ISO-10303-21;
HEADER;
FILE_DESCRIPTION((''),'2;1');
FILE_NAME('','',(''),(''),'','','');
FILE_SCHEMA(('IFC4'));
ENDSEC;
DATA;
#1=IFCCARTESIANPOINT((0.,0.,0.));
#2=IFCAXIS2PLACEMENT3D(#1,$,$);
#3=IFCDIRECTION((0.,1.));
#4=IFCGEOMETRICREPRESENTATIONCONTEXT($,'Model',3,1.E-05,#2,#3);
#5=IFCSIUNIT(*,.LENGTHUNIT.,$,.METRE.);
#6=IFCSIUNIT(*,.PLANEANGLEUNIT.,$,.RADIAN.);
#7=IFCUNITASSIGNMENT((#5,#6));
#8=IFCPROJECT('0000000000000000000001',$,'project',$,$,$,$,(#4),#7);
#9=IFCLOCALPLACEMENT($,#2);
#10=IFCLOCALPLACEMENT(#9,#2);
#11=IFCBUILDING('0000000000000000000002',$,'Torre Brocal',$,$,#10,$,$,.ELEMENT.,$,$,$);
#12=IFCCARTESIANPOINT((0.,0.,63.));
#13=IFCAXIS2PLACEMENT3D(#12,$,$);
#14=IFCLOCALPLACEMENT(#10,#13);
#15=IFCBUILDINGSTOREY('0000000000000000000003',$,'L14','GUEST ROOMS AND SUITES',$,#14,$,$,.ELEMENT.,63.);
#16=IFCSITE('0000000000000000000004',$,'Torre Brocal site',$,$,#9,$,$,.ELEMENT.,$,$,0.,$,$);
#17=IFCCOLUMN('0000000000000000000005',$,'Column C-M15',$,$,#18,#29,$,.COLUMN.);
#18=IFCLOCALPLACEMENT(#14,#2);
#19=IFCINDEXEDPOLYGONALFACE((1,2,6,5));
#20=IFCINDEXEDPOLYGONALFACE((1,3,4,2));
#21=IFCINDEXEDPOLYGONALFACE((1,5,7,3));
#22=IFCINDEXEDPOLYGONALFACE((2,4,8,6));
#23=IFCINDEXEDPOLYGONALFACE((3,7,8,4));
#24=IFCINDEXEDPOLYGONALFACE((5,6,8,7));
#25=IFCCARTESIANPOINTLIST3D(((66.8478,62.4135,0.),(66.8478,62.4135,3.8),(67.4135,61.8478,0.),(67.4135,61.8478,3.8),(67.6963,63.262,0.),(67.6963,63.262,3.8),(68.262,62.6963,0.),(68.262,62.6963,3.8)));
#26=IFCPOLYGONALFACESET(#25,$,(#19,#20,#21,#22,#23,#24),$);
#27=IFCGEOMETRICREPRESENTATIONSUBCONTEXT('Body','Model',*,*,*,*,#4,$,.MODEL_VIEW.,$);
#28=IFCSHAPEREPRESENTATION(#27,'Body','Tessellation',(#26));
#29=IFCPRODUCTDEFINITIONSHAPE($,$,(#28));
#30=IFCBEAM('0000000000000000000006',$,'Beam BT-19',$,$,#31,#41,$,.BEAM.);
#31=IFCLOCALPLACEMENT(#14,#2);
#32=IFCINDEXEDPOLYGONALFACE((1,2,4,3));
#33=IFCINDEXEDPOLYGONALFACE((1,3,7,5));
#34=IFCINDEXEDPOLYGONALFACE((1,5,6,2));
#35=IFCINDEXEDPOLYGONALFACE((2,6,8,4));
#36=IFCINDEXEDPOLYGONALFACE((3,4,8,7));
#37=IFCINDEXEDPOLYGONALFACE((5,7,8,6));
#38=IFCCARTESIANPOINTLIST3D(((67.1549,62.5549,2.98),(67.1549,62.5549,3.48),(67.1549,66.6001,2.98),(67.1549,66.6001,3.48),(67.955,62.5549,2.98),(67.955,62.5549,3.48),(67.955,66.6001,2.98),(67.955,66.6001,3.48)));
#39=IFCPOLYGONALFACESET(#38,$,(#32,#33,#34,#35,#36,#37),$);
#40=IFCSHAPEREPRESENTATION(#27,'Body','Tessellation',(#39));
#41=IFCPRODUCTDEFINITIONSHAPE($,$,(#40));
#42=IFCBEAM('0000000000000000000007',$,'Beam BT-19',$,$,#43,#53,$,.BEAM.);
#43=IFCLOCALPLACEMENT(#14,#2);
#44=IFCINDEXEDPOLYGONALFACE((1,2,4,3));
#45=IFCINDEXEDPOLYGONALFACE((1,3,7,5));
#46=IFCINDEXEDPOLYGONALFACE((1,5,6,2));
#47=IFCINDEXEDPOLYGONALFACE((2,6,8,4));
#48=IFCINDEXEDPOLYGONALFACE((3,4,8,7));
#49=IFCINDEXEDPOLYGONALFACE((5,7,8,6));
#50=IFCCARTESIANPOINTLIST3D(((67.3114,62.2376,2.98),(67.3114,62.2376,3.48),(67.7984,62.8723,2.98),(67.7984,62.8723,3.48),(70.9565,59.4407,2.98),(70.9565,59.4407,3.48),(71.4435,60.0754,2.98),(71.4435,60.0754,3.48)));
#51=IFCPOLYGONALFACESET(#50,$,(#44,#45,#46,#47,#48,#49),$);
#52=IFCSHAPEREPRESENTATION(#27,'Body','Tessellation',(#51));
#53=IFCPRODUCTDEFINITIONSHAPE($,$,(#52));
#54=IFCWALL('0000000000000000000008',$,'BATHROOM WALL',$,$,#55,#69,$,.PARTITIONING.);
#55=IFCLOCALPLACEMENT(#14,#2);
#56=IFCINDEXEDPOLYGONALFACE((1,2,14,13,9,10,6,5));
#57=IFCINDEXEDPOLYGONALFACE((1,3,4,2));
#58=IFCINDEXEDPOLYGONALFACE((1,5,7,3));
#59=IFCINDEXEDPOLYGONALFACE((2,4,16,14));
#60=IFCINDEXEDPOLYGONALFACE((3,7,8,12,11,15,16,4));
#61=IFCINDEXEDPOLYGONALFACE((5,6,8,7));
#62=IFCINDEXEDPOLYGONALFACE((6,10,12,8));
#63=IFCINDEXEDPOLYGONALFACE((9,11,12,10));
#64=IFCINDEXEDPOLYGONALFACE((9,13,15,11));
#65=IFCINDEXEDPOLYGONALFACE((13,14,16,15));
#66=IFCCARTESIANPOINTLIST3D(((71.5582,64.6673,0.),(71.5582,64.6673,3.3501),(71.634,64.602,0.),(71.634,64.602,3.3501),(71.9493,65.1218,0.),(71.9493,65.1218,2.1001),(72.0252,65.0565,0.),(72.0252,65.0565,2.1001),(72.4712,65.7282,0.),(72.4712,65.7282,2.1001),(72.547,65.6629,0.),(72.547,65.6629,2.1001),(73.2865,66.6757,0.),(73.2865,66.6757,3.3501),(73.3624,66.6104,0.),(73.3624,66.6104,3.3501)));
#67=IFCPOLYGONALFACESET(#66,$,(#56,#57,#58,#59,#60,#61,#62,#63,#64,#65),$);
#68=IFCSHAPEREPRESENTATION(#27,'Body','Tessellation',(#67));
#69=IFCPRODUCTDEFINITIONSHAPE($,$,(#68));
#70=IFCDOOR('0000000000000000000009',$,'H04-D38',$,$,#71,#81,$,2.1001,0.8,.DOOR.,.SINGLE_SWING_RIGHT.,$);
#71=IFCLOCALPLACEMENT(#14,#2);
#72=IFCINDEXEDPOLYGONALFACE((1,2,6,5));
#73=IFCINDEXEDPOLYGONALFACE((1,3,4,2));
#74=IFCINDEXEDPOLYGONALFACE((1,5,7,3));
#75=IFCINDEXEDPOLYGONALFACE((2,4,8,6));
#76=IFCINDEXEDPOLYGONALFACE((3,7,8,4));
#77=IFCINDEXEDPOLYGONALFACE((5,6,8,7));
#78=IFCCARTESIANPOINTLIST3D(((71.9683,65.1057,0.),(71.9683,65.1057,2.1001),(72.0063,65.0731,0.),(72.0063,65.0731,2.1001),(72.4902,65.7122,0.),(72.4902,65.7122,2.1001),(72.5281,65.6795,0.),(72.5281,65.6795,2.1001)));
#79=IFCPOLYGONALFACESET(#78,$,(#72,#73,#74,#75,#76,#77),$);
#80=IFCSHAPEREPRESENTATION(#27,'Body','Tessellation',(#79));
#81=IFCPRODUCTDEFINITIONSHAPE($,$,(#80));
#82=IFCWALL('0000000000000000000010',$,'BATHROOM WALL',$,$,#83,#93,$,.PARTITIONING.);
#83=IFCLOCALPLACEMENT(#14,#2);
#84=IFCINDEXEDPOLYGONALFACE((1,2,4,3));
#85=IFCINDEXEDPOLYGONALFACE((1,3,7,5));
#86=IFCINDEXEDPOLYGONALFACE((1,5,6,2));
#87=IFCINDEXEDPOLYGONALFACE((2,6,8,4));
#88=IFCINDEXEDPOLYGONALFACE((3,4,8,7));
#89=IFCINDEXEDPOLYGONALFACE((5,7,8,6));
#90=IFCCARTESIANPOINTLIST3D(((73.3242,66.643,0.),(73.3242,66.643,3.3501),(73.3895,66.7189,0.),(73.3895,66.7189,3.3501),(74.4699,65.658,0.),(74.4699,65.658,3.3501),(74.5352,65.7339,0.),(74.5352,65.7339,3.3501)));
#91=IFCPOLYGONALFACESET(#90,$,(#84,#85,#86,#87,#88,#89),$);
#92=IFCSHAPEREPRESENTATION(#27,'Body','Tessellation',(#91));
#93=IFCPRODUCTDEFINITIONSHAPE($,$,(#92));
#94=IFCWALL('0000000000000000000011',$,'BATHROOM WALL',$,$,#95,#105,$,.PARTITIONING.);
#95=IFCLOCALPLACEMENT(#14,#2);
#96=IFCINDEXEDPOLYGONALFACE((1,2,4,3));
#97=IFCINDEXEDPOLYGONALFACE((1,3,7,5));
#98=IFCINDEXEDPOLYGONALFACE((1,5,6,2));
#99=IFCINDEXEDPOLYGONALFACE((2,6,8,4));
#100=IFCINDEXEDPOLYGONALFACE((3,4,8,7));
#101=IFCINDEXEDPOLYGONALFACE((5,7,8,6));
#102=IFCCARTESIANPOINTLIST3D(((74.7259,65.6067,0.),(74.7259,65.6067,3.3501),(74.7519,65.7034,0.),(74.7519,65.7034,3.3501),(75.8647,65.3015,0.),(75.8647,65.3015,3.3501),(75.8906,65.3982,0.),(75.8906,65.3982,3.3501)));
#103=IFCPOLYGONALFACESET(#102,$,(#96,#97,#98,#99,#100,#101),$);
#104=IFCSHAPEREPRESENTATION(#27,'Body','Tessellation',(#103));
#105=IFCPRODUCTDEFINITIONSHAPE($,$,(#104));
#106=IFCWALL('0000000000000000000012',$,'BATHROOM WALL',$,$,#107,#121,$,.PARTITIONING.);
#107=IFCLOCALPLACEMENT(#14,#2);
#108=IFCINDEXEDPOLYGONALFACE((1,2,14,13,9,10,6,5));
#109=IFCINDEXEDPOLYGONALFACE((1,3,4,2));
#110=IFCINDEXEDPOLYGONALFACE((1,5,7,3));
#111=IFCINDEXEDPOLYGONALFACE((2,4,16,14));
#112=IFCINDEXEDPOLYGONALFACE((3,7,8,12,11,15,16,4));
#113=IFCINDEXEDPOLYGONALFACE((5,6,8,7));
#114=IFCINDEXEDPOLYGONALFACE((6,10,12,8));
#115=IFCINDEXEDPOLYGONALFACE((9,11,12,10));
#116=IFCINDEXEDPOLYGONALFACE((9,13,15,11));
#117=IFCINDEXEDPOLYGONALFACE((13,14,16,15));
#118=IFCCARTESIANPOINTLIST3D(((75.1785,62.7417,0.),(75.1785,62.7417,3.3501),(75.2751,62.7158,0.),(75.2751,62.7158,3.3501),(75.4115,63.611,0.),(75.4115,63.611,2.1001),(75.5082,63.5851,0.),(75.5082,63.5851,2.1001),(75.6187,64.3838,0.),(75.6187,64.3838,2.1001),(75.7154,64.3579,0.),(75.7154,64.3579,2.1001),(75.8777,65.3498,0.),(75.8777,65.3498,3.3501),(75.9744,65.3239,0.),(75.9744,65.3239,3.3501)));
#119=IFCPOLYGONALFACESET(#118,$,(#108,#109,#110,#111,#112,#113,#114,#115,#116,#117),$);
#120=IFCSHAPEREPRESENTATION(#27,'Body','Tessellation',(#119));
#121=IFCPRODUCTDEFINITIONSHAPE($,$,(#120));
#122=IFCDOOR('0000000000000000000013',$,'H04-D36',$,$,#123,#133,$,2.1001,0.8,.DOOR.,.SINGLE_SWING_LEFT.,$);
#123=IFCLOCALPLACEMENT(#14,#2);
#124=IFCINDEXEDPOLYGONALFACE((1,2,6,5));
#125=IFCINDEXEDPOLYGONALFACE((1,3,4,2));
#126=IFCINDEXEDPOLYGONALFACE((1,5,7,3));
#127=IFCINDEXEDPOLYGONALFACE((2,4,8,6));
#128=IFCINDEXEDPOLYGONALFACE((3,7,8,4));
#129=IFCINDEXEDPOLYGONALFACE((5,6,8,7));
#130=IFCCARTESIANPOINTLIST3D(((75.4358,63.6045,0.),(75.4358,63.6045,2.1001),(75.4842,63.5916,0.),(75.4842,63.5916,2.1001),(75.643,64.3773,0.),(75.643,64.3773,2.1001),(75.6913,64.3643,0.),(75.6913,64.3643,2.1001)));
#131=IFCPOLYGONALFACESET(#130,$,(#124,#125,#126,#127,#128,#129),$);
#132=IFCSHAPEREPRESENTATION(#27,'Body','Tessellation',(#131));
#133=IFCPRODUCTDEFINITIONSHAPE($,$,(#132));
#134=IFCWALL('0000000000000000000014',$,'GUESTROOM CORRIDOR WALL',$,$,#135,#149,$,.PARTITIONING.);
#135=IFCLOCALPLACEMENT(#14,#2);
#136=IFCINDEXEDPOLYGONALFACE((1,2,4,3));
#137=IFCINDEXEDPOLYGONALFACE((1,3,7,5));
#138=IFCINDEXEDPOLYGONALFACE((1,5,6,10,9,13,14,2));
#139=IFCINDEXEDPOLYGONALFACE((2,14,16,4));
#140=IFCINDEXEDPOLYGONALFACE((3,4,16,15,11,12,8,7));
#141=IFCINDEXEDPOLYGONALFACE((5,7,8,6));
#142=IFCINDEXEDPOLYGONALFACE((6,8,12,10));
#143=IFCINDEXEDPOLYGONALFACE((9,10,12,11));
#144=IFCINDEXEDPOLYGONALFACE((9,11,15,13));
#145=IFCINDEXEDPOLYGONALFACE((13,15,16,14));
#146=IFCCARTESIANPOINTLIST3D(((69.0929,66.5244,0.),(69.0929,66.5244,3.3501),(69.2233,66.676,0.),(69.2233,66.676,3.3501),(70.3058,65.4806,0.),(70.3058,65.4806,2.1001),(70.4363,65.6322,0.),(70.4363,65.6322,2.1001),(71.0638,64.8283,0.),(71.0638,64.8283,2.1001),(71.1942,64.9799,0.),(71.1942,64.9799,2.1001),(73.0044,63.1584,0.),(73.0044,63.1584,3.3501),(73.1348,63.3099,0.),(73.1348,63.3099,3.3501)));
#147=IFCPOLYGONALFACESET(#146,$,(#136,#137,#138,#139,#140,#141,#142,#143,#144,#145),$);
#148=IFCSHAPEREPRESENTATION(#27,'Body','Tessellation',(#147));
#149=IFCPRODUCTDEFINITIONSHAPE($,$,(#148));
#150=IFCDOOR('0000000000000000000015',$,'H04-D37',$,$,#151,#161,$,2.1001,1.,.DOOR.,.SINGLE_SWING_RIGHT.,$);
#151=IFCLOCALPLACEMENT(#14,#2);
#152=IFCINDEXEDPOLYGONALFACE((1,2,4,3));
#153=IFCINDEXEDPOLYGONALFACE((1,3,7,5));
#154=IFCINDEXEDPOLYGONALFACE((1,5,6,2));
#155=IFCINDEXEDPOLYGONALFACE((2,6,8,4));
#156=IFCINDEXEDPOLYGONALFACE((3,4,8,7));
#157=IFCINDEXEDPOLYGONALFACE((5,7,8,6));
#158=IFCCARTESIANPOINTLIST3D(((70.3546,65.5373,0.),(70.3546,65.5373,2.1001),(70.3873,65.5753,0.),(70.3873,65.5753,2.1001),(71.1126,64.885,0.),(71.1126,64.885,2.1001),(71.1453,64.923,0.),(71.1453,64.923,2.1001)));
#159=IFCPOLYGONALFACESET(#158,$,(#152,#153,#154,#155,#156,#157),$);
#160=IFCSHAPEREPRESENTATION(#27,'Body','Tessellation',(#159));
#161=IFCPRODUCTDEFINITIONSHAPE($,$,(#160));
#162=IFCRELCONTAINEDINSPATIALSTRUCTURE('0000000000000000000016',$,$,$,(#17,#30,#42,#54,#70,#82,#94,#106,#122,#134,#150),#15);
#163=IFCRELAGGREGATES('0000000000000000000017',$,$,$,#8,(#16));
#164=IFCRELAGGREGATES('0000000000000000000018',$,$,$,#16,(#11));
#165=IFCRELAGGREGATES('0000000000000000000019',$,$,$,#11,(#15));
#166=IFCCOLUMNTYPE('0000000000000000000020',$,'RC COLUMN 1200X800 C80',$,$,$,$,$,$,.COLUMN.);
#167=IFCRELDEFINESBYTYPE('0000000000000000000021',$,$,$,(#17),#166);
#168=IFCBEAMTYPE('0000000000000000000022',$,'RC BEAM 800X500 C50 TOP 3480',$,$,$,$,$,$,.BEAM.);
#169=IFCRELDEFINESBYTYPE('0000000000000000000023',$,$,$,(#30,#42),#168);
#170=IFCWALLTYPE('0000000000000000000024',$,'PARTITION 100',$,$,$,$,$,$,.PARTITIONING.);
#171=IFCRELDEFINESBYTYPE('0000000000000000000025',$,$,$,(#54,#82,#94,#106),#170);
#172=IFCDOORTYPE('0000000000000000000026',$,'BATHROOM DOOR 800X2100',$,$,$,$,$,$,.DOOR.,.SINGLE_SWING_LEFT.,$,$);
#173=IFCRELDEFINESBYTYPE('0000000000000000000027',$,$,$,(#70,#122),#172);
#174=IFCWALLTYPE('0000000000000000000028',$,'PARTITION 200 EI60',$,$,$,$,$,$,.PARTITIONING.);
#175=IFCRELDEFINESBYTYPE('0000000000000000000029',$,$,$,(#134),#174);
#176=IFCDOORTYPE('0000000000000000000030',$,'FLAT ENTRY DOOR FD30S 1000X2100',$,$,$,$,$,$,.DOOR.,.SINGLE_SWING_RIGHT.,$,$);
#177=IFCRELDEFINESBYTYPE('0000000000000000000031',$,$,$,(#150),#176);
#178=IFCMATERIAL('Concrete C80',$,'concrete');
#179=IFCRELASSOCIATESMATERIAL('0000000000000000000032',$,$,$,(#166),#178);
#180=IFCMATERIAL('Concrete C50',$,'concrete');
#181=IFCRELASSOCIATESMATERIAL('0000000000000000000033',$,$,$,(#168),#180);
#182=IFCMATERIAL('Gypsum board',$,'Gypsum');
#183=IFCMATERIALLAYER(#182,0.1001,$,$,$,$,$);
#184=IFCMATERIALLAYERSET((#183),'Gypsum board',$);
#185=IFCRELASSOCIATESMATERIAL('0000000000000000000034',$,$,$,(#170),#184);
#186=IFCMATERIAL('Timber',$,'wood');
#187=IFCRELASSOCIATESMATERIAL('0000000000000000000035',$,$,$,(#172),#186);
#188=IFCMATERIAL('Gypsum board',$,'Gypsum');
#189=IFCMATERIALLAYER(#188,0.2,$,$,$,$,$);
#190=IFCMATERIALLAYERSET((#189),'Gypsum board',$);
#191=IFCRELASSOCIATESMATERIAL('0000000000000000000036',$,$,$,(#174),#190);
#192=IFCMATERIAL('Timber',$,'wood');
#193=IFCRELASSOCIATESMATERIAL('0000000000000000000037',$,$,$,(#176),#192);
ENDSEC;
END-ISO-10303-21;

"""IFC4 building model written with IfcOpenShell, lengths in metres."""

from ifc_helpers import new_model, si_unit, direction, frame, frame_2d, origin, origin_2d, place, context, subcontext, project, spatial, rectangle, extrude, material, layer, layer_set, material_profile, profile_set, type_object, element, fill, save


model = new_model("IFC4")

# Units and contexts
model_context = context("Model", 3, precision=1e-05, world=origin(), true_north=direction((0.0, 1.0)))
body_context = subcontext(model_context, "Body", "Model", "MODEL_VIEW")
ifc_project = project(units=[si_unit("LENGTHUNIT", "METRE"), si_unit("PLANEANGLEUNIT", "RADIAN")], contexts=[model_context])

# Site, building, storey
site_placement = place(None, origin())
site = spatial("IfcSite", under=ifc_project, at=site_placement, Name="Torre Brocal site", CompositionType="ELEMENT", RefElevation=0.0)
building_placement = place(site_placement, origin())
building = spatial("IfcBuilding", under=site, at=building_placement, Name="Torre Brocal", CompositionType="ELEMENT")
storey_placement = place(building_placement, frame((0.0, 0.0, 63.0)))
storey = spatial("IfcBuildingStorey", under=building, at=storey_placement, Name="L14", Description="GUEST ROOMS AND SUITES", CompositionType="ELEMENT", Elevation=63.0)

# Column
ifc_material_1 = material(Name="Concrete C80", Category="concrete")
ifc_material_profile_1 = material_profile(ifc_material_1, rectangle(XDim=1.2, YDim=0.8, at=origin_2d()), Name="RC 1200X800")
ifc_profile_set_1 = profile_set([ifc_material_profile_1], Name="Concrete C80")
column_type = type_object("IfcColumnType", Name="RC COLUMN 1200X800 C80", PredefinedType="COLUMN", material=ifc_profile_set_1)
column_placement = place(storey_placement, frame((67.5549, 62.5549, 0.0), z_axis=(0.0, 0.0, 1.0), x_axis=(-0.707107, -0.707107, 0.0)))
element("IfcColumn", 1, at=column_placement, inside=storey, type_object=column_type, Name="Column C-M15", PredefinedType="COLUMN", context=body_context, shape_type="SweptSolid", body=[
    extrude(rectangle(XDim=1.2, YDim=0.8, at=origin_2d()), origin(), (0.0, 0.0, 1.0), 3.8),
])

# Beams
ifc_material_2 = material(Name="Concrete C50", Category="concrete")
ifc_material_profile_2 = material_profile(ifc_material_2, rectangle(XDim=0.8, YDim=0.5, at=origin_2d()), Name="RC 800X500")
ifc_profile_set_2 = profile_set([ifc_material_profile_2], Name="Concrete C50")
beam_type = type_object("IfcBeamType", Name="RC BEAM 800X500 C50 TOP 3480", PredefinedType="BEAM", material=ifc_profile_set_2)
beam_1_placement = place(storey_placement, frame((67.5549, 62.5549, 3.23), z_axis=(0.0, 1.0, 0.0), x_axis=(-1.0, 0.0, 0.0)))
element("IfcBeam", 2, at=beam_1_placement, inside=storey, type_object=beam_type, Name="Beam BT-19", PredefinedType="BEAM", context=body_context, shape_type="SweptSolid", body=[
    extrude(rectangle(XDim=0.8, YDim=0.5, at=origin_2d()), origin(), (0.0, 0.0, 1.0), 4.0452),
])
beam_2_placement = place(storey_placement, frame((67.5549, 62.5549, 3.23), z_axis=(0.793358, -0.608755, 0.0), x_axis=(0.608755, 0.793358, 0.0)))
element("IfcBeam", 3, at=beam_2_placement, inside=storey, type_object=beam_type, Name="Beam BT-19", PredefinedType="BEAM", context=body_context, shape_type="SweptSolid", body=[
    extrude(rectangle(XDim=0.8, YDim=0.5, at=origin_2d()), origin(), (0.0, 0.0, 1.0), 4.5945),
])

# Wall, opening, door
ifc_material_3 = material(Name="Gypsum board", Category="Gypsum")
ifc_layer_1 = layer(ifc_material_3, 0.1001)
ifc_layer_set_1 = layer_set([ifc_layer_1], Name="Gypsum board")
wall_type_1 = type_object("IfcWallType", Name="PARTITION 100", PredefinedType="PARTITIONING", material=ifc_layer_set_1)
wall_1_placement = place(storey_placement, frame((71.5962, 64.6348, 0.0), z_axis=(0.0, 0.0, 1.0), x_axis=(0.652285, 0.757974, 0.0)))
wall_1 = element("IfcWall", 4, at=wall_1_placement, inside=storey, type_object=wall_type_1, Name="BATHROOM WALL", PredefinedType="PARTITIONING", context=body_context, shape_type="SweptSolid", body=[
    extrude(rectangle(XDim=2.6497, YDim=0.1001, at=frame_2d((1.3247, 0.0))), origin(), (0.0, 0.0, 1.0), 3.3501),
])
opening_1_placement = place(wall_1_placement, frame((0.5996, 0.0, 0.0)))
opening_1 = element("IfcOpeningElement", 5, at=opening_1_placement, cuts=wall_1, PredefinedType="OPENING", context=body_context, shape_type="SweptSolid", body=[
    extrude(rectangle(XDim=0.8, YDim=2.1001, at=frame_2d((0.3999, 1.05))), frame((0.0, 0.0601, 0.0), z_axis=(0.0, -1.0, 0.0), x_axis=(1.0, 0.0, 0.0)), (0.0, 0.0, 1.0), 0.1201),
])
ifc_material_4 = material(Name="Timber", Category="wood")
door_type_1 = type_object("IfcDoorType", Name="BATHROOM DOOR 800X2100", OperationType="SINGLE_SWING_LEFT", PredefinedType="DOOR", material=ifc_material_4)
door_1_placement = place(opening_1_placement, frame((0.8, 0.0, 0.0), z_axis=(0.0, 0.0, 1.0), x_axis=(-1.0, 0.0, 0.0)))
door_1 = element("IfcDoor", 6, at=door_1_placement, inside=storey, type_object=door_type_1, Name="H04-D38", OperationType="SINGLE_SWING_RIGHT", OverallHeight=2.1001, OverallWidth=0.8, PredefinedType="DOOR", context=body_context, shape_type="SweptSolid", body=[
    extrude(rectangle(XDim=0.8, YDim=2.1001, at=frame_2d((0.3999, 1.05))), frame((0.0, 0.0249, 0.0), z_axis=(0.0, -1.0, 0.0), x_axis=(1.0, 0.0, 0.0)), (0.0, 0.0, 1.0), 0.05),
])
fill(opening_1, door_1)

# Walls
wall_2_placement = place(storey_placement, frame((73.3569, 66.6809, 0.0), z_axis=(0.0, 0.0, 1.0), x_axis=(0.758263, -0.651948, 0.0)))
element("IfcWall", 7, at=wall_2_placement, inside=storey, type_object=wall_type_1, Name="BATHROOM WALL", PredefinedType="PARTITIONING", context=body_context, shape_type="SweptSolid", body=[
    extrude(rectangle(XDim=1.511, YDim=0.1001, at=frame_2d((0.7554, 0.0))), origin(), (0.0, 0.0, 1.0), 3.3501),
])
wall_3_placement = place(storey_placement, frame((74.739, 65.655, 0.0), z_axis=(0.0, 0.0, 1.0), x_axis=(0.965911, -0.258874, 0.0)))
element("IfcWall", 8, at=wall_3_placement, inside=storey, type_object=wall_type_1, Name="BATHROOM WALL", PredefinedType="PARTITIONING", context=body_context, shape_type="SweptSolid", body=[
    extrude(rectangle(XDim=1.179, YDim=0.1001, at=frame_2d((0.5894, 0.0))), origin(), (0.0, 0.0, 1.0), 3.3501),
])

# Walls, openings, doors
wall_4_placement = place(storey_placement, frame((75.2268, 62.7288, 0.0), z_axis=(0.0, 0.0, 1.0), x_axis=(0.258945, 0.965892, 0.0)))
wall_4 = element("IfcWall", 9, at=wall_4_placement, inside=storey, type_object=wall_type_1, Name="BATHROOM WALL", PredefinedType="PARTITIONING", context=body_context, shape_type="SweptSolid", body=[
    extrude(rectangle(XDim=2.7002, YDim=0.1001, at=frame_2d((1.3501, 0.0))), origin(), (0.0, 0.0, 1.0), 3.3501),
])
opening_2_placement = place(wall_4_placement, frame((0.9001, 0.0, 0.0)))
opening_2 = element("IfcOpeningElement", 10, at=opening_2_placement, cuts=wall_4, PredefinedType="OPENING", context=body_context, shape_type="SweptSolid", body=[
    extrude(rectangle(XDim=0.8, YDim=2.1001, at=frame_2d((0.3999, 1.05))), frame((0.0, 0.0601, 0.0), z_axis=(0.0, -1.0, 0.0), x_axis=(1.0, 0.0, 0.0)), (0.0, 0.0, 1.0), 0.1201),
])
door_2_placement = place(opening_2_placement, origin())
door_2 = element("IfcDoor", 11, at=door_2_placement, inside=storey, type_object=door_type_1, Name="H04-D36", OperationType="SINGLE_SWING_LEFT", OverallHeight=2.1001, OverallWidth=0.8, PredefinedType="DOOR", context=body_context, shape_type="SweptSolid", body=[
    extrude(rectangle(XDim=0.8, YDim=2.1001, at=frame_2d((0.3999, 1.05))), frame((0.0, 0.0249, 0.0), z_axis=(0.0, -1.0, 0.0), x_axis=(1.0, 0.0, 0.0)), (0.0, 0.0, 1.0), 0.05),
])
fill(opening_2, door_2)
ifc_material_5 = material(Name="Gypsum board", Category="Gypsum")
ifc_layer_2 = layer(ifc_material_5, 0.2)
ifc_layer_set_2 = layer_set([ifc_layer_2], Name="Gypsum board")
wall_type_2 = type_object("IfcWallType", Name="PARTITION 200 EI60", PredefinedType="PARTITIONING", material=ifc_layer_set_2)
wall_5_placement = place(storey_placement, frame((69.1582, 66.6001, 0.0), z_axis=(0.0, 0.0, 1.0), x_axis=(0.757976, -0.652282, 0.0)))
wall_5 = element("IfcWall", 12, at=wall_5_placement, inside=storey, type_object=wall_type_2, Name="GUESTROOM CORRIDOR WALL", PredefinedType="PARTITIONING", context=body_context, shape_type="SweptSolid", body=[
    extrude(rectangle(XDim=5.1604, YDim=0.2, at=frame_2d((2.5801, 0.0))), origin(), (0.0, 0.0, 1.0), 3.3501),
])
opening_3_placement = place(wall_5_placement, frame((1.6001, 0.0, 0.0)))
opening_3 = element("IfcOpeningElement", 13, at=opening_3_placement, cuts=wall_5, PredefinedType="OPENING", context=body_context, shape_type="SweptSolid", body=[
    extrude(rectangle(XDim=1.0, YDim=2.1001, at=frame_2d((0.5, 1.05))), frame((0.0, 0.1099, 0.0), z_axis=(0.0, -1.0, 0.0), x_axis=(1.0, 0.0, 0.0)), (0.0, 0.0, 1.0), 0.22),
])
ifc_material_6 = material(Name="Timber", Category="wood")
door_type_2 = type_object("IfcDoorType", Name="FLAT ENTRY DOOR FD30S 1000X2100", OperationType="SINGLE_SWING_RIGHT", PredefinedType="DOOR", material=ifc_material_6)
door_3_placement = place(opening_3_placement, origin())
door_3 = element("IfcDoor", 14, at=door_3_placement, inside=storey, type_object=door_type_2, Name="H04-D37", OperationType="SINGLE_SWING_RIGHT", OverallHeight=2.1001, OverallWidth=1.0, PredefinedType="DOOR", context=body_context, shape_type="SweptSolid", body=[
    extrude(rectangle(XDim=1.0, YDim=2.1001, at=frame_2d((0.5, 1.05))), frame((0.0, 0.0249, 0.0), z_axis=(0.0, -1.0, 0.0), x_axis=(1.0, 0.0, 0.0)), (0.0, 0.0, 1.0), 0.05),
])
fill(opening_3, door_3)

save(model, "model.ifc")
